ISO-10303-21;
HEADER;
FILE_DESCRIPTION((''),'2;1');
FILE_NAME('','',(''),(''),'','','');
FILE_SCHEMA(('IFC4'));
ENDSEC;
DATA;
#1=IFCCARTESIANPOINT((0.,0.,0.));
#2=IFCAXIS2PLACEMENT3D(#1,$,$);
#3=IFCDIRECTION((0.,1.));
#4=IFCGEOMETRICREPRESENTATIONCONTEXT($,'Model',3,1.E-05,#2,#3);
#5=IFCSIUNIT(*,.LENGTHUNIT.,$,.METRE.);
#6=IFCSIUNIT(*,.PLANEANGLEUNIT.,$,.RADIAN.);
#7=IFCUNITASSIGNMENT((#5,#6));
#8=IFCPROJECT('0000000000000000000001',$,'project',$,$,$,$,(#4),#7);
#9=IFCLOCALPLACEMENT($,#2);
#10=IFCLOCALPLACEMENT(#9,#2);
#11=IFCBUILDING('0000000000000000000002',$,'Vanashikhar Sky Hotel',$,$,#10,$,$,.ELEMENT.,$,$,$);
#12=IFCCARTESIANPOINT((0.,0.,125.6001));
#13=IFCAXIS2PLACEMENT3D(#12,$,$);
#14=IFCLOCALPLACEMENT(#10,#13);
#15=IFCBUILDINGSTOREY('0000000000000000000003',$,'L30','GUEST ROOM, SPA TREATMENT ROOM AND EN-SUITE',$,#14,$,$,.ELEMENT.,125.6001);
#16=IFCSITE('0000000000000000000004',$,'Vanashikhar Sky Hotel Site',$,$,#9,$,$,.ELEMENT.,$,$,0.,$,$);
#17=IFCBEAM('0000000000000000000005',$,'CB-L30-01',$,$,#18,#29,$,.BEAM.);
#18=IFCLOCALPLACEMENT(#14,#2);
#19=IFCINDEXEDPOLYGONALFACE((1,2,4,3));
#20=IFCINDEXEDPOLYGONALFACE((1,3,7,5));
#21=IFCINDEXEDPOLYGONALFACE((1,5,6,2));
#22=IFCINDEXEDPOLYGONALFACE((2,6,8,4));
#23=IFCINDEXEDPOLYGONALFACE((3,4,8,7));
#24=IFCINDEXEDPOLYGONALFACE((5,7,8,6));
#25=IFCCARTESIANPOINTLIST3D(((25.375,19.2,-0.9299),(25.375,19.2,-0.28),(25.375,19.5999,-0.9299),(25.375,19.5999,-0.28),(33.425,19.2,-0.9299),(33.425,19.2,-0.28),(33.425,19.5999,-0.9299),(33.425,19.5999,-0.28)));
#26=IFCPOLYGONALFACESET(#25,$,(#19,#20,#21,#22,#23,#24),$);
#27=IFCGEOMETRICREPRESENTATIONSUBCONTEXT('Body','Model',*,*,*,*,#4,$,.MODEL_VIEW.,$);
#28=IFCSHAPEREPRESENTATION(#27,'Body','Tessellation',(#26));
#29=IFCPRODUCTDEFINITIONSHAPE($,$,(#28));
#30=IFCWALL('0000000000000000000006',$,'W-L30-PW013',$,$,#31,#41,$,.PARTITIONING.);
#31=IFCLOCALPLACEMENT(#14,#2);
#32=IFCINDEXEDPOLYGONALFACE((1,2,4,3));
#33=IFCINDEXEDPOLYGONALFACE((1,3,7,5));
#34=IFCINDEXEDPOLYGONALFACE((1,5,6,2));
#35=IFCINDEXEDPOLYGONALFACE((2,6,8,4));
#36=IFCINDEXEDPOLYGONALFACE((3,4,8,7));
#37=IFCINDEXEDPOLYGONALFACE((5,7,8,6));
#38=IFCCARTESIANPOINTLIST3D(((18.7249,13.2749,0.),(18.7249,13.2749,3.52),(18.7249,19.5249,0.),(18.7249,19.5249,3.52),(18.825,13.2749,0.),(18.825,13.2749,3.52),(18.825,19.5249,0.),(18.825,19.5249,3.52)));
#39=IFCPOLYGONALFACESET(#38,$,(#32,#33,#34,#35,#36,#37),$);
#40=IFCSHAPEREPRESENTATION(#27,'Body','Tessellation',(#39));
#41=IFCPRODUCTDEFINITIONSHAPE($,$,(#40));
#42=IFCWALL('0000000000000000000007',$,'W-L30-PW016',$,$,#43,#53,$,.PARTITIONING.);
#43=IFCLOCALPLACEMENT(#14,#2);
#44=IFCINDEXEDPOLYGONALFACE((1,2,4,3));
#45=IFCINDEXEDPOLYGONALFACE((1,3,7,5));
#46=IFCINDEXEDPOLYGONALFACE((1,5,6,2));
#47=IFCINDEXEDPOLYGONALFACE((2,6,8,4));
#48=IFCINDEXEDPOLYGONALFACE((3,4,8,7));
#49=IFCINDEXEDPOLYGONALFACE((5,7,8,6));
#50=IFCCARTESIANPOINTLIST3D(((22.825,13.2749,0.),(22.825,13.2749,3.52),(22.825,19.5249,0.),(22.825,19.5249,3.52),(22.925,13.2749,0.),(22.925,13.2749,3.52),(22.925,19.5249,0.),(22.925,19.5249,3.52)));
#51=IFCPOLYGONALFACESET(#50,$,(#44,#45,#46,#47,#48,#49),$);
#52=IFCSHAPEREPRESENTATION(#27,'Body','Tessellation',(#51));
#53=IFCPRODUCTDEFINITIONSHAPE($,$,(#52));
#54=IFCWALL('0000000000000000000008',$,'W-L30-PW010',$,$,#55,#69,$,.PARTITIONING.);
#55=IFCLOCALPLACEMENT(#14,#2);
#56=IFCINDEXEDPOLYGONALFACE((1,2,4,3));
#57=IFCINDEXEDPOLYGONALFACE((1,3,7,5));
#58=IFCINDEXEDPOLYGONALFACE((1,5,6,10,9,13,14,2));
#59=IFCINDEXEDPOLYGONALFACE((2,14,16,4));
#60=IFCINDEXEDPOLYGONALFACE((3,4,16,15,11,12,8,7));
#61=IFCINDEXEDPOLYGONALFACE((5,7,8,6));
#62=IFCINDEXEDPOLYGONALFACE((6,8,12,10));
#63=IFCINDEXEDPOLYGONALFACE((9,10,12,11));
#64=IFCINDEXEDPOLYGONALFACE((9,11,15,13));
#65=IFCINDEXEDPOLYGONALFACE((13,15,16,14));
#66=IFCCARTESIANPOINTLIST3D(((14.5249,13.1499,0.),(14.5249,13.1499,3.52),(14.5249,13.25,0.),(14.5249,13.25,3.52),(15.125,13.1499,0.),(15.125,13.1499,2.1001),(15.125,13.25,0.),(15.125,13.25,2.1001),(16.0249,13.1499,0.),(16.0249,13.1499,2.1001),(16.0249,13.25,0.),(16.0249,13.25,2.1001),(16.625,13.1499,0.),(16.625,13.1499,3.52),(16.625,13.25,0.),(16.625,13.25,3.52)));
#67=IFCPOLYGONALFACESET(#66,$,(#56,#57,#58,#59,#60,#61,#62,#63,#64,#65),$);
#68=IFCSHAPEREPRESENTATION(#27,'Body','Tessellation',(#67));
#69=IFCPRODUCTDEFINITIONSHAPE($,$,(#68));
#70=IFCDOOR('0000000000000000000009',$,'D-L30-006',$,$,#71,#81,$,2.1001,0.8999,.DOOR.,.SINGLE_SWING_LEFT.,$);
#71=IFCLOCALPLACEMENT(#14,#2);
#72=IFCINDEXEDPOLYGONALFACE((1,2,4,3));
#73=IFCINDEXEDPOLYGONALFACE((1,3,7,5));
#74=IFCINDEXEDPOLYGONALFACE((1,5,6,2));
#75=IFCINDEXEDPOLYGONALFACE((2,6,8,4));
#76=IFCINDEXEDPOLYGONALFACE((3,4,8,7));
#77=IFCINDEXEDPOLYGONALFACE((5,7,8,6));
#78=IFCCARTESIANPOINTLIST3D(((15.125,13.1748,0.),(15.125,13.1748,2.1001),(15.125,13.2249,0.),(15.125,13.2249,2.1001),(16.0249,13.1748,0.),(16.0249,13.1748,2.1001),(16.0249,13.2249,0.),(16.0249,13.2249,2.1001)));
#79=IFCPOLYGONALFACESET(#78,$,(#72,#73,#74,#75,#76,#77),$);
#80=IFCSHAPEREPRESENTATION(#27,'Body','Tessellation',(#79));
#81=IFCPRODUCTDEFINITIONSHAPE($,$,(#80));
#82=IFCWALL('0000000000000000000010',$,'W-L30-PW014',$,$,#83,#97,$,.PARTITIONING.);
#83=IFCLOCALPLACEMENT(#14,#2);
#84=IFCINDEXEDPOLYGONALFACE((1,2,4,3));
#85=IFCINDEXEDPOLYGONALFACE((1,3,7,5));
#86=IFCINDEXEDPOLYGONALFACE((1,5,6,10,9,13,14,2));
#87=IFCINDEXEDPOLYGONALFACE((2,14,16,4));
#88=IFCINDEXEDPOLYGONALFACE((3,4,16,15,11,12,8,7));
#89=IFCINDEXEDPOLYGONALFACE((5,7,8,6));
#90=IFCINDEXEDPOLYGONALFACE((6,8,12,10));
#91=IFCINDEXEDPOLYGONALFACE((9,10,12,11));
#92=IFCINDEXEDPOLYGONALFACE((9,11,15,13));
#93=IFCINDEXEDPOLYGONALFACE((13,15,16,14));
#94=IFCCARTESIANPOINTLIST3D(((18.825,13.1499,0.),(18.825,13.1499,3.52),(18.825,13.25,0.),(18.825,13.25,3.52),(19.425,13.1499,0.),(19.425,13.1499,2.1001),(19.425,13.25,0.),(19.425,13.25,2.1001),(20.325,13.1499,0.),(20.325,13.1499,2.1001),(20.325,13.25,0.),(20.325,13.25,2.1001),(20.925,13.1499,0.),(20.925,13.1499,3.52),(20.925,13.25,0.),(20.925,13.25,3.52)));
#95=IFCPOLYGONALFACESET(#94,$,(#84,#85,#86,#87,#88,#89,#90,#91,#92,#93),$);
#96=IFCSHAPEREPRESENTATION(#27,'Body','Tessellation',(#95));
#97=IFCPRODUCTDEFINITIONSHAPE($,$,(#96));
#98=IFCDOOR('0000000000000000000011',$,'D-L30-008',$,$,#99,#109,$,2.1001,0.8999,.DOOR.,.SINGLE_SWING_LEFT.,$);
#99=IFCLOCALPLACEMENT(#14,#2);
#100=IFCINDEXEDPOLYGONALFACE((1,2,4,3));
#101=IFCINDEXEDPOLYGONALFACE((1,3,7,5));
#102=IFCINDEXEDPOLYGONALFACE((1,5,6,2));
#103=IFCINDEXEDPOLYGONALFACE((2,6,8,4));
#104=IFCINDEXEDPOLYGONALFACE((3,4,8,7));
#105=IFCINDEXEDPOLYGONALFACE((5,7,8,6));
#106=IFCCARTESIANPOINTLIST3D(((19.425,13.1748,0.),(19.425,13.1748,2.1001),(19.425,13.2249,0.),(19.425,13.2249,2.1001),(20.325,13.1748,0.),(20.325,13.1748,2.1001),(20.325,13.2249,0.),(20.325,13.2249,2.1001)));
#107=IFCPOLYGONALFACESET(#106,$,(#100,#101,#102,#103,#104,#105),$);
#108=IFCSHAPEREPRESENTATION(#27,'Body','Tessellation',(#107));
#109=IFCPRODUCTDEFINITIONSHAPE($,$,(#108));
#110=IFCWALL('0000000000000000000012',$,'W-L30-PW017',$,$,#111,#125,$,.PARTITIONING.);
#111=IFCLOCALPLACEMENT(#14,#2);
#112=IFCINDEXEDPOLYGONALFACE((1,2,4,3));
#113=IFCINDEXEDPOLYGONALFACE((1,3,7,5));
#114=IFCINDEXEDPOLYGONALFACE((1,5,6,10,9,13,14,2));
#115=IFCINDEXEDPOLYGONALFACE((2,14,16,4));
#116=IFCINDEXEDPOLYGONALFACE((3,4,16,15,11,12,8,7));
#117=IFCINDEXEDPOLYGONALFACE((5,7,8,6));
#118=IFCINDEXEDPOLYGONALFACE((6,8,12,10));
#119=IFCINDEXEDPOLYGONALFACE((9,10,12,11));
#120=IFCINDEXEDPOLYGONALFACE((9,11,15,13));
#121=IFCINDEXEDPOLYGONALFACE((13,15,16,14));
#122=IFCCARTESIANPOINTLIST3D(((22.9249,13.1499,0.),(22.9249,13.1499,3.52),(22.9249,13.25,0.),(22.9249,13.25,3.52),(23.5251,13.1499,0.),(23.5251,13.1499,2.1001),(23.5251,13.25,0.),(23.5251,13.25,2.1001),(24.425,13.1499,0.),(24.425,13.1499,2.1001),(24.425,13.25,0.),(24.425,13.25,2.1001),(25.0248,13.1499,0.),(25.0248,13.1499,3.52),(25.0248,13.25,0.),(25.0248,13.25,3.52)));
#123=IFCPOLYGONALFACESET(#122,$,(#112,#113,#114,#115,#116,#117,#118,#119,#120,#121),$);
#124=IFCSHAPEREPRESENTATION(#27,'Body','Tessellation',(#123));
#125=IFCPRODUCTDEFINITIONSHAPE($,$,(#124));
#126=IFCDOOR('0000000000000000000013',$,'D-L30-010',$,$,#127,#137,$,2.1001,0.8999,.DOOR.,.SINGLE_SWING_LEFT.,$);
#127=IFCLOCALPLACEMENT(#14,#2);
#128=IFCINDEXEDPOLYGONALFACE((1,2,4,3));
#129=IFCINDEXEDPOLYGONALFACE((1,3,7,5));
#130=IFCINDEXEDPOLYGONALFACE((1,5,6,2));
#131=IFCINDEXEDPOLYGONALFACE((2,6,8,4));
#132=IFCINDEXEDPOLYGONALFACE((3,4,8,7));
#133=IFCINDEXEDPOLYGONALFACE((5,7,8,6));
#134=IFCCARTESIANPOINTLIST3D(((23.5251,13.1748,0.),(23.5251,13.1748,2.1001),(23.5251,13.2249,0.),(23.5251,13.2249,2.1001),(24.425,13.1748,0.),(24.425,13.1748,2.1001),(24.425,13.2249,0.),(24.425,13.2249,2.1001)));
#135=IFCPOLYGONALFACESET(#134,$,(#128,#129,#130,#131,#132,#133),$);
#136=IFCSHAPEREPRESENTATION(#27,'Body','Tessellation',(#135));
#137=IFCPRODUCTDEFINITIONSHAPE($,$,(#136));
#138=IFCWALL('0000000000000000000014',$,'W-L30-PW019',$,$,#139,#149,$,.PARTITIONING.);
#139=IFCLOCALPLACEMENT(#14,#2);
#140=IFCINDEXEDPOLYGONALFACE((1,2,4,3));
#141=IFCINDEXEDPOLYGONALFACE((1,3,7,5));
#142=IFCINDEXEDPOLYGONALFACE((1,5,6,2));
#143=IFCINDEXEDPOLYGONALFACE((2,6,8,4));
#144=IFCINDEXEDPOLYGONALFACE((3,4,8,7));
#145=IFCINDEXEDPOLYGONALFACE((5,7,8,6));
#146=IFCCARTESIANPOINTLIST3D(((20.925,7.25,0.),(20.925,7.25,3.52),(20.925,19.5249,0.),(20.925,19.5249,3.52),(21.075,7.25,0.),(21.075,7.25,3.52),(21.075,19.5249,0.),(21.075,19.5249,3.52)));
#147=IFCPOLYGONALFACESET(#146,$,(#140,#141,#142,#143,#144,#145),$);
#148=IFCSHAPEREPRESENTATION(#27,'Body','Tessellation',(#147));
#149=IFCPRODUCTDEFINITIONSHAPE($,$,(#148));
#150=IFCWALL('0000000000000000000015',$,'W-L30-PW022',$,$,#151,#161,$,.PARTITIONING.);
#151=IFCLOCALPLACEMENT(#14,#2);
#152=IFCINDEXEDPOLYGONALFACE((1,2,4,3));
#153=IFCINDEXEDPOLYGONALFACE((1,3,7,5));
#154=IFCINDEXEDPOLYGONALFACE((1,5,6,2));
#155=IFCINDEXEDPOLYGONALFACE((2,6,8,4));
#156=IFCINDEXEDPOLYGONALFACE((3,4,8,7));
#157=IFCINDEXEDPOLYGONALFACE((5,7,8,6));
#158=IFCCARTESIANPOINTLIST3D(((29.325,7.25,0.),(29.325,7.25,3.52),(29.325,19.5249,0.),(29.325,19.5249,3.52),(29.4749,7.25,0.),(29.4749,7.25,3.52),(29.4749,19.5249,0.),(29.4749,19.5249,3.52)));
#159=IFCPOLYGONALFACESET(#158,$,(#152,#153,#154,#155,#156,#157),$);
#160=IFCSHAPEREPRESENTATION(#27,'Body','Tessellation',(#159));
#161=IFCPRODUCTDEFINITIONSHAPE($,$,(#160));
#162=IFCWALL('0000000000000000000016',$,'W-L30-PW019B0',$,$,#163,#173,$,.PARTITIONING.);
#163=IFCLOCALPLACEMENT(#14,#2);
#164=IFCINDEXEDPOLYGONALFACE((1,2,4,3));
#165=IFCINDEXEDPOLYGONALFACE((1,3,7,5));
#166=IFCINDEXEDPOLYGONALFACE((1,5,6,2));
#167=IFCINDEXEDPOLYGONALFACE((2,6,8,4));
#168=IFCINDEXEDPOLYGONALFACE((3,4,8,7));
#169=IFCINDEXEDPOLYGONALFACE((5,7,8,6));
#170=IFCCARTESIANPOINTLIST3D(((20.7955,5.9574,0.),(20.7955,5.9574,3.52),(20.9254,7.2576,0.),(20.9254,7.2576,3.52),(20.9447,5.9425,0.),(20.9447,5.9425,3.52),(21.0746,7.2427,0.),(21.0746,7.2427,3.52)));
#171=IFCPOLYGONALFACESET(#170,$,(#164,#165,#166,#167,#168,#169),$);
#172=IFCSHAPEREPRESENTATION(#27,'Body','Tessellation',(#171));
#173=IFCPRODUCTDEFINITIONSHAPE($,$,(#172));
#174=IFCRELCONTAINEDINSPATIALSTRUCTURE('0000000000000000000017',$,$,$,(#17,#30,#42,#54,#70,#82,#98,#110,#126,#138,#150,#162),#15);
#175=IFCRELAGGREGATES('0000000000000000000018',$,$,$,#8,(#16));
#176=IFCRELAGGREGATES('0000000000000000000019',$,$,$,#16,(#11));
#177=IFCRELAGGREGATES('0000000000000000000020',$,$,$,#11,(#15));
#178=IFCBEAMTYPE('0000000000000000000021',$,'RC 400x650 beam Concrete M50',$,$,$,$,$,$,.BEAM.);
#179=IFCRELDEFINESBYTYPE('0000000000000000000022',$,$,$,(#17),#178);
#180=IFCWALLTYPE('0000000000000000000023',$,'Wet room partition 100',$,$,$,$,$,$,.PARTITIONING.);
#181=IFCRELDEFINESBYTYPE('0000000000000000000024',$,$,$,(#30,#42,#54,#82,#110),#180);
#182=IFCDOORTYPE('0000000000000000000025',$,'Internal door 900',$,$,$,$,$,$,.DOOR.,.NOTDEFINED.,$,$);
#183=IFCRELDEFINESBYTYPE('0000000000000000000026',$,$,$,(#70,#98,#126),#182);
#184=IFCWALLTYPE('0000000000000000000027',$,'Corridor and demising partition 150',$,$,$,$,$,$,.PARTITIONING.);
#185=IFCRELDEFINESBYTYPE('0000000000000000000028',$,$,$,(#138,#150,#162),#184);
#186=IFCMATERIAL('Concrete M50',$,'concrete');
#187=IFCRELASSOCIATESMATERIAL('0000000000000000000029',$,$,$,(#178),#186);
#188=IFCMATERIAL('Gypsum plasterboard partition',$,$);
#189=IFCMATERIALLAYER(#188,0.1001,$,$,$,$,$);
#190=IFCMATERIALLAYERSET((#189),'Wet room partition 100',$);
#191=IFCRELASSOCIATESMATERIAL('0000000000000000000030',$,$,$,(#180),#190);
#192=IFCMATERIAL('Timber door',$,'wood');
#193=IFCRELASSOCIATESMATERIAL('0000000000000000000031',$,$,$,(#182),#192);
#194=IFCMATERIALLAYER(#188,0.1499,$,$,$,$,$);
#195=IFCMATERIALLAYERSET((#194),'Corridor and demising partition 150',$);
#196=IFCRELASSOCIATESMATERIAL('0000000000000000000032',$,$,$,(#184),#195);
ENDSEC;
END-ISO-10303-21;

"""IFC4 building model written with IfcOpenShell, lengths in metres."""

from ifc_helpers import new_model, si_unit, direction, frame, frame_2d, origin, origin_2d, place, context, subcontext, project, spatial, rectangle, extrude, source, transform, mapped, material, layer, layer_set, material_profile, profile_set, type_object, element, fill, save


model = new_model("IFC4")

# Units and contexts
model_context = context("Model", 3, precision=1e-05, world=origin(), true_north=direction((0.0, 1.0)))
body_context = subcontext(model_context, "Body", "Model", "MODEL_VIEW")
ifc_project = project(units=[si_unit("LENGTHUNIT", "METRE"), si_unit("PLANEANGLEUNIT", "RADIAN")], contexts=[model_context])

# Site, building, storey
site_placement = place(None, origin())
site = spatial("IfcSite", under=ifc_project, at=site_placement, Name="Vanashikhar Sky Hotel Site", CompositionType="ELEMENT", RefElevation=0.0)
building_placement = place(site_placement, origin())
building = spatial("IfcBuilding", under=site, at=building_placement, Name="Vanashikhar Sky Hotel", CompositionType="ELEMENT")
storey_placement = place(building_placement, frame((0.0, 0.0, 125.6001)))
storey = spatial("IfcBuildingStorey", under=building, at=storey_placement, Name="L30", Description="GUEST ROOM, SPA TREATMENT ROOM AND EN-SUITE", CompositionType="ELEMENT", Elevation=125.6001)

# Beam
ifc_material_1 = material(Name="Concrete M50", Category="concrete")
ifc_material_profile = material_profile(ifc_material_1, rectangle(XDim=0.3999, YDim=0.6499, at=origin_2d()))
ifc_profile_set = profile_set([ifc_material_profile], Name="RC 400x650 beam Concrete M50")
beam_type = type_object("IfcBeamType", Name="RC 400x650 beam Concrete M50", PredefinedType="BEAM", material=ifc_profile_set)
shared_shape_1 = source(origin(), body_context, "Body", "SweptSolid", [
    extrude(rectangle(XDim=0.3999, YDim=0.6499, at=origin_2d()), origin(), (0.0, 0.0, 1.0), 8.05),
])
beam_placement = place(storey_placement, frame((25.375, 19.3999, -0.605), z_axis=(1.0, 0.0, 0.0), x_axis=(0.0, 1.0, 0.0)))
element("IfcBeam", 1, at=beam_placement, inside=storey, type_object=beam_type, Name="CB-L30-01", PredefinedType="BEAM", context=body_context, shape_type="MappedRepresentation", body=[
    mapped(shared_shape_1, transform((0.0, 0.0, 0.0), scale=1.0)),
])

# Walls
ifc_material_2 = material(Name="Gypsum plasterboard partition")
ifc_layer_1 = layer(ifc_material_2, 0.1001)
ifc_layer_set_1 = layer_set([ifc_layer_1], Name="Wet room partition 100")
wall_type_1 = type_object("IfcWallType", Name="Wet room partition 100", PredefinedType="PARTITIONING", material=ifc_layer_set_1)
shared_shape_2 = source(origin(), body_context, "Body", "SweptSolid", [
    extrude(rectangle(XDim=6.25, YDim=0.1001, at=frame_2d((3.125, 0.0))), origin(), (0.0, 0.0, 1.0), 3.52),
])
for number, where, z_axis, x_axis, name in (
    (2, (18.7749, 13.2749, 0.0), (0.0, 0.0, 1.0), (0.0, 1.0, 0.0), "W-L30-PW013"),
    (3, (22.875, 13.2749, 0.0), (0.0, 0.0, 1.0), (0.0, 1.0, 0.0), "W-L30-PW016"),
):
    element("IfcWall", number, at=place(storey_placement, frame(where, z_axis=z_axis, x_axis=x_axis)), inside=storey, type_object=wall_type_1, Name=name, PredefinedType="PARTITIONING", context=body_context, shape_type="MappedRepresentation", body=[
        mapped(shared_shape_2, transform((0.0, 0.0, 0.0), scale=1.0)),
    ])

# Walls, openings, doors
shared_shape_3 = source(origin(), body_context, "Body", "SweptSolid", [
    extrude(rectangle(XDim=2.1001, YDim=0.1001, at=frame_2d((1.05, 0.0))), origin(), (0.0, 0.0, 1.0), 3.52),
])
wall_1_placement = place(storey_placement, frame((14.5249, 13.2, 0.0), z_axis=(0.0, 0.0, 1.0), x_axis=(1.0, 0.0, 0.0)))
wall_1 = element("IfcWall", 4, at=wall_1_placement, inside=storey, type_object=wall_type_1, Name="W-L30-PW010", PredefinedType="PARTITIONING", context=body_context, shape_type="MappedRepresentation", body=[
    mapped(shared_shape_3, transform((0.0, 0.0, 0.0), scale=1.0)),
])
shared_shape_4 = source(origin(), body_context, "Body", "SweptSolid", [
    extrude(rectangle(XDim=0.8999, YDim=2.1001, at=frame_2d((0.45, 1.05))), frame((0.0, 0.0601, 0.0), z_axis=(0.0, -1.0, 0.0), x_axis=(1.0, 0.0, 0.0)), (0.0, 0.0, 1.0), 0.1201),
])
opening_1_placement = place(wall_1_placement, frame((0.6001, 0.0, 0.0)))
opening_1 = element("IfcOpeningElement", 5, at=opening_1_placement, cuts=wall_1, PredefinedType="OPENING", context=body_context, shape_type="MappedRepresentation", body=[
    mapped(shared_shape_4, transform((0.0, 0.0, 0.0), scale=1.0)),
])
ifc_material_3 = material(Name="Timber door", Category="wood")
door_type_1 = type_object("IfcDoorType", Name="Internal door 900", OperationType="NOTDEFINED", PredefinedType="DOOR", material=ifc_material_3)
shared_shape_5 = source(origin(), body_context, "Body", "SweptSolid", [
    extrude(rectangle(XDim=0.8999, YDim=2.1001, at=frame_2d((0.45, 1.05))), frame((0.0, 0.0249, 0.0), z_axis=(0.0, -1.0, 0.0), x_axis=(1.0, 0.0, 0.0)), (0.0, 0.0, 1.0), 0.05),
])
door_1_placement = place(opening_1_placement, origin())
door_1 = element("IfcDoor", 6, at=door_1_placement, inside=storey, type_object=door_type_1, Name="D-L30-006", OperationType="SINGLE_SWING_LEFT", OverallHeight=2.1001, OverallWidth=0.8999, PredefinedType="DOOR", context=body_context, shape_type="MappedRepresentation", body=[
    mapped(shared_shape_5, transform((0.0, 0.0, 0.0), scale=1.0)),
])
fill(opening_1, door_1)
wall_2_placement = place(storey_placement, frame((18.825, 13.2, 0.0), z_axis=(0.0, 0.0, 1.0), x_axis=(1.0, 0.0, 0.0)))
wall_2 = element("IfcWall", 7, at=wall_2_placement, inside=storey, type_object=wall_type_1, Name="W-L30-PW014", PredefinedType="PARTITIONING", context=body_context, shape_type="MappedRepresentation", body=[
    mapped(shared_shape_3, transform((0.0, 0.0, 0.0), scale=1.0)),
])
opening_2_placement = place(wall_2_placement, frame((0.6001, 0.0, 0.0)))
opening_2 = element("IfcOpeningElement", 8, at=opening_2_placement, cuts=wall_2, PredefinedType="OPENING", context=body_context, shape_type="MappedRepresentation", body=[
    mapped(shared_shape_4, transform((0.0, 0.0, 0.0), scale=1.0)),
])
door_2_placement = place(opening_2_placement, origin())
door_2 = element("IfcDoor", 9, at=door_2_placement, inside=storey, type_object=door_type_1, Name="D-L30-008", OperationType="SINGLE_SWING_LEFT", OverallHeight=2.1001, OverallWidth=0.8999, PredefinedType="DOOR", context=body_context, shape_type="MappedRepresentation", body=[
    mapped(shared_shape_5, transform((0.0, 0.0, 0.0), scale=1.0)),
])
fill(opening_2, door_2)
shared_shape_6 = source(origin(), body_context, "Body", "SweptSolid", [
    extrude(rectangle(XDim=2.0999, YDim=0.1001, at=frame_2d((1.0498, 0.0))), origin(), (0.0, 0.0, 1.0), 3.52),
])
wall_3_placement = place(storey_placement, frame((22.925, 13.2, 0.0), z_axis=(0.0, 0.0, 1.0), x_axis=(1.0, 0.0, 0.0)))
wall_3 = element("IfcWall", 10, at=wall_3_placement, inside=storey, type_object=wall_type_1, Name="W-L30-PW017", PredefinedType="PARTITIONING", context=body_context, shape_type="MappedRepresentation", body=[
    mapped(shared_shape_6, transform((0.0, 0.0, 0.0), scale=1.0)),
])
opening_3_placement = place(wall_3_placement, frame((0.6001, 0.0, 0.0)))
opening_3 = element("IfcOpeningElement", 11, at=opening_3_placement, cuts=wall_3, PredefinedType="OPENING", context=body_context, shape_type="MappedRepresentation", body=[
    mapped(shared_shape_4, transform((0.0, 0.0, 0.0), scale=1.0)),
])
door_3_placement = place(opening_3_placement, origin())
door_3 = element("IfcDoor", 12, at=door_3_placement, inside=storey, type_object=door_type_1, Name="D-L30-010", OperationType="SINGLE_SWING_LEFT", OverallHeight=2.1001, OverallWidth=0.8999, PredefinedType="DOOR", context=body_context, shape_type="MappedRepresentation", body=[
    mapped(shared_shape_5, transform((0.0, 0.0, 0.0), scale=1.0)),
])
fill(opening_3, door_3)

# Walls
ifc_layer_2 = layer(ifc_material_2, 0.1499)
ifc_layer_set_2 = layer_set([ifc_layer_2], Name="Corridor and demising partition 150")
wall_type_2 = type_object("IfcWallType", Name="Corridor and demising partition 150", PredefinedType="PARTITIONING", material=ifc_layer_set_2)
shared_shape_7 = source(origin(), body_context, "Body", "SweptSolid", [
    extrude(rectangle(XDim=12.2749, YDim=0.1499, at=frame_2d((6.1375, 0.0))), origin(), (0.0, 0.0, 1.0), 3.52),
])
for number, where, z_axis, x_axis, name in (
    (13, (21.0, 7.25, 0.0), (0.0, 0.0, 1.0), (0.0, 1.0, 0.0), "W-L30-PW019"),
    (14, (29.3999, 7.25, 0.0), (0.0, 0.0, 1.0), (0.0, 1.0, 0.0), "W-L30-PW022"),
):
    element("IfcWall", number, at=place(storey_placement, frame(where, z_axis=z_axis, x_axis=x_axis)), inside=storey, type_object=wall_type_2, Name=name, PredefinedType="PARTITIONING", context=body_context, shape_type="MappedRepresentation", body=[
        mapped(shared_shape_7, transform((0.0, 0.0, 0.0), scale=1.0)),
    ])
shared_shape_8 = source(origin(), body_context, "Body", "SweptSolid", [
    extrude(rectangle(XDim=1.3066, YDim=0.1499, at=frame_2d((0.6533, 0.0))), origin(), (0.0, 0.0, 1.0), 3.52),
])
for number, where, z_axis, x_axis, name in (
    (15, (20.8701, 5.95, 0.0), (0.0, 0.0, 1.0), (0.099411, 0.995046, 0.0), "W-L30-PW019B0"),
):
    element("IfcWall", number, at=place(storey_placement, frame(where, z_axis=z_axis, x_axis=x_axis)), inside=storey, type_object=wall_type_2, Name=name, PredefinedType="PARTITIONING", context=body_context, shape_type="MappedRepresentation", body=[
        mapped(shared_shape_8, transform((0.0, 0.0, 0.0), scale=1.0)),
    ])

save(model, "model.ifc")
